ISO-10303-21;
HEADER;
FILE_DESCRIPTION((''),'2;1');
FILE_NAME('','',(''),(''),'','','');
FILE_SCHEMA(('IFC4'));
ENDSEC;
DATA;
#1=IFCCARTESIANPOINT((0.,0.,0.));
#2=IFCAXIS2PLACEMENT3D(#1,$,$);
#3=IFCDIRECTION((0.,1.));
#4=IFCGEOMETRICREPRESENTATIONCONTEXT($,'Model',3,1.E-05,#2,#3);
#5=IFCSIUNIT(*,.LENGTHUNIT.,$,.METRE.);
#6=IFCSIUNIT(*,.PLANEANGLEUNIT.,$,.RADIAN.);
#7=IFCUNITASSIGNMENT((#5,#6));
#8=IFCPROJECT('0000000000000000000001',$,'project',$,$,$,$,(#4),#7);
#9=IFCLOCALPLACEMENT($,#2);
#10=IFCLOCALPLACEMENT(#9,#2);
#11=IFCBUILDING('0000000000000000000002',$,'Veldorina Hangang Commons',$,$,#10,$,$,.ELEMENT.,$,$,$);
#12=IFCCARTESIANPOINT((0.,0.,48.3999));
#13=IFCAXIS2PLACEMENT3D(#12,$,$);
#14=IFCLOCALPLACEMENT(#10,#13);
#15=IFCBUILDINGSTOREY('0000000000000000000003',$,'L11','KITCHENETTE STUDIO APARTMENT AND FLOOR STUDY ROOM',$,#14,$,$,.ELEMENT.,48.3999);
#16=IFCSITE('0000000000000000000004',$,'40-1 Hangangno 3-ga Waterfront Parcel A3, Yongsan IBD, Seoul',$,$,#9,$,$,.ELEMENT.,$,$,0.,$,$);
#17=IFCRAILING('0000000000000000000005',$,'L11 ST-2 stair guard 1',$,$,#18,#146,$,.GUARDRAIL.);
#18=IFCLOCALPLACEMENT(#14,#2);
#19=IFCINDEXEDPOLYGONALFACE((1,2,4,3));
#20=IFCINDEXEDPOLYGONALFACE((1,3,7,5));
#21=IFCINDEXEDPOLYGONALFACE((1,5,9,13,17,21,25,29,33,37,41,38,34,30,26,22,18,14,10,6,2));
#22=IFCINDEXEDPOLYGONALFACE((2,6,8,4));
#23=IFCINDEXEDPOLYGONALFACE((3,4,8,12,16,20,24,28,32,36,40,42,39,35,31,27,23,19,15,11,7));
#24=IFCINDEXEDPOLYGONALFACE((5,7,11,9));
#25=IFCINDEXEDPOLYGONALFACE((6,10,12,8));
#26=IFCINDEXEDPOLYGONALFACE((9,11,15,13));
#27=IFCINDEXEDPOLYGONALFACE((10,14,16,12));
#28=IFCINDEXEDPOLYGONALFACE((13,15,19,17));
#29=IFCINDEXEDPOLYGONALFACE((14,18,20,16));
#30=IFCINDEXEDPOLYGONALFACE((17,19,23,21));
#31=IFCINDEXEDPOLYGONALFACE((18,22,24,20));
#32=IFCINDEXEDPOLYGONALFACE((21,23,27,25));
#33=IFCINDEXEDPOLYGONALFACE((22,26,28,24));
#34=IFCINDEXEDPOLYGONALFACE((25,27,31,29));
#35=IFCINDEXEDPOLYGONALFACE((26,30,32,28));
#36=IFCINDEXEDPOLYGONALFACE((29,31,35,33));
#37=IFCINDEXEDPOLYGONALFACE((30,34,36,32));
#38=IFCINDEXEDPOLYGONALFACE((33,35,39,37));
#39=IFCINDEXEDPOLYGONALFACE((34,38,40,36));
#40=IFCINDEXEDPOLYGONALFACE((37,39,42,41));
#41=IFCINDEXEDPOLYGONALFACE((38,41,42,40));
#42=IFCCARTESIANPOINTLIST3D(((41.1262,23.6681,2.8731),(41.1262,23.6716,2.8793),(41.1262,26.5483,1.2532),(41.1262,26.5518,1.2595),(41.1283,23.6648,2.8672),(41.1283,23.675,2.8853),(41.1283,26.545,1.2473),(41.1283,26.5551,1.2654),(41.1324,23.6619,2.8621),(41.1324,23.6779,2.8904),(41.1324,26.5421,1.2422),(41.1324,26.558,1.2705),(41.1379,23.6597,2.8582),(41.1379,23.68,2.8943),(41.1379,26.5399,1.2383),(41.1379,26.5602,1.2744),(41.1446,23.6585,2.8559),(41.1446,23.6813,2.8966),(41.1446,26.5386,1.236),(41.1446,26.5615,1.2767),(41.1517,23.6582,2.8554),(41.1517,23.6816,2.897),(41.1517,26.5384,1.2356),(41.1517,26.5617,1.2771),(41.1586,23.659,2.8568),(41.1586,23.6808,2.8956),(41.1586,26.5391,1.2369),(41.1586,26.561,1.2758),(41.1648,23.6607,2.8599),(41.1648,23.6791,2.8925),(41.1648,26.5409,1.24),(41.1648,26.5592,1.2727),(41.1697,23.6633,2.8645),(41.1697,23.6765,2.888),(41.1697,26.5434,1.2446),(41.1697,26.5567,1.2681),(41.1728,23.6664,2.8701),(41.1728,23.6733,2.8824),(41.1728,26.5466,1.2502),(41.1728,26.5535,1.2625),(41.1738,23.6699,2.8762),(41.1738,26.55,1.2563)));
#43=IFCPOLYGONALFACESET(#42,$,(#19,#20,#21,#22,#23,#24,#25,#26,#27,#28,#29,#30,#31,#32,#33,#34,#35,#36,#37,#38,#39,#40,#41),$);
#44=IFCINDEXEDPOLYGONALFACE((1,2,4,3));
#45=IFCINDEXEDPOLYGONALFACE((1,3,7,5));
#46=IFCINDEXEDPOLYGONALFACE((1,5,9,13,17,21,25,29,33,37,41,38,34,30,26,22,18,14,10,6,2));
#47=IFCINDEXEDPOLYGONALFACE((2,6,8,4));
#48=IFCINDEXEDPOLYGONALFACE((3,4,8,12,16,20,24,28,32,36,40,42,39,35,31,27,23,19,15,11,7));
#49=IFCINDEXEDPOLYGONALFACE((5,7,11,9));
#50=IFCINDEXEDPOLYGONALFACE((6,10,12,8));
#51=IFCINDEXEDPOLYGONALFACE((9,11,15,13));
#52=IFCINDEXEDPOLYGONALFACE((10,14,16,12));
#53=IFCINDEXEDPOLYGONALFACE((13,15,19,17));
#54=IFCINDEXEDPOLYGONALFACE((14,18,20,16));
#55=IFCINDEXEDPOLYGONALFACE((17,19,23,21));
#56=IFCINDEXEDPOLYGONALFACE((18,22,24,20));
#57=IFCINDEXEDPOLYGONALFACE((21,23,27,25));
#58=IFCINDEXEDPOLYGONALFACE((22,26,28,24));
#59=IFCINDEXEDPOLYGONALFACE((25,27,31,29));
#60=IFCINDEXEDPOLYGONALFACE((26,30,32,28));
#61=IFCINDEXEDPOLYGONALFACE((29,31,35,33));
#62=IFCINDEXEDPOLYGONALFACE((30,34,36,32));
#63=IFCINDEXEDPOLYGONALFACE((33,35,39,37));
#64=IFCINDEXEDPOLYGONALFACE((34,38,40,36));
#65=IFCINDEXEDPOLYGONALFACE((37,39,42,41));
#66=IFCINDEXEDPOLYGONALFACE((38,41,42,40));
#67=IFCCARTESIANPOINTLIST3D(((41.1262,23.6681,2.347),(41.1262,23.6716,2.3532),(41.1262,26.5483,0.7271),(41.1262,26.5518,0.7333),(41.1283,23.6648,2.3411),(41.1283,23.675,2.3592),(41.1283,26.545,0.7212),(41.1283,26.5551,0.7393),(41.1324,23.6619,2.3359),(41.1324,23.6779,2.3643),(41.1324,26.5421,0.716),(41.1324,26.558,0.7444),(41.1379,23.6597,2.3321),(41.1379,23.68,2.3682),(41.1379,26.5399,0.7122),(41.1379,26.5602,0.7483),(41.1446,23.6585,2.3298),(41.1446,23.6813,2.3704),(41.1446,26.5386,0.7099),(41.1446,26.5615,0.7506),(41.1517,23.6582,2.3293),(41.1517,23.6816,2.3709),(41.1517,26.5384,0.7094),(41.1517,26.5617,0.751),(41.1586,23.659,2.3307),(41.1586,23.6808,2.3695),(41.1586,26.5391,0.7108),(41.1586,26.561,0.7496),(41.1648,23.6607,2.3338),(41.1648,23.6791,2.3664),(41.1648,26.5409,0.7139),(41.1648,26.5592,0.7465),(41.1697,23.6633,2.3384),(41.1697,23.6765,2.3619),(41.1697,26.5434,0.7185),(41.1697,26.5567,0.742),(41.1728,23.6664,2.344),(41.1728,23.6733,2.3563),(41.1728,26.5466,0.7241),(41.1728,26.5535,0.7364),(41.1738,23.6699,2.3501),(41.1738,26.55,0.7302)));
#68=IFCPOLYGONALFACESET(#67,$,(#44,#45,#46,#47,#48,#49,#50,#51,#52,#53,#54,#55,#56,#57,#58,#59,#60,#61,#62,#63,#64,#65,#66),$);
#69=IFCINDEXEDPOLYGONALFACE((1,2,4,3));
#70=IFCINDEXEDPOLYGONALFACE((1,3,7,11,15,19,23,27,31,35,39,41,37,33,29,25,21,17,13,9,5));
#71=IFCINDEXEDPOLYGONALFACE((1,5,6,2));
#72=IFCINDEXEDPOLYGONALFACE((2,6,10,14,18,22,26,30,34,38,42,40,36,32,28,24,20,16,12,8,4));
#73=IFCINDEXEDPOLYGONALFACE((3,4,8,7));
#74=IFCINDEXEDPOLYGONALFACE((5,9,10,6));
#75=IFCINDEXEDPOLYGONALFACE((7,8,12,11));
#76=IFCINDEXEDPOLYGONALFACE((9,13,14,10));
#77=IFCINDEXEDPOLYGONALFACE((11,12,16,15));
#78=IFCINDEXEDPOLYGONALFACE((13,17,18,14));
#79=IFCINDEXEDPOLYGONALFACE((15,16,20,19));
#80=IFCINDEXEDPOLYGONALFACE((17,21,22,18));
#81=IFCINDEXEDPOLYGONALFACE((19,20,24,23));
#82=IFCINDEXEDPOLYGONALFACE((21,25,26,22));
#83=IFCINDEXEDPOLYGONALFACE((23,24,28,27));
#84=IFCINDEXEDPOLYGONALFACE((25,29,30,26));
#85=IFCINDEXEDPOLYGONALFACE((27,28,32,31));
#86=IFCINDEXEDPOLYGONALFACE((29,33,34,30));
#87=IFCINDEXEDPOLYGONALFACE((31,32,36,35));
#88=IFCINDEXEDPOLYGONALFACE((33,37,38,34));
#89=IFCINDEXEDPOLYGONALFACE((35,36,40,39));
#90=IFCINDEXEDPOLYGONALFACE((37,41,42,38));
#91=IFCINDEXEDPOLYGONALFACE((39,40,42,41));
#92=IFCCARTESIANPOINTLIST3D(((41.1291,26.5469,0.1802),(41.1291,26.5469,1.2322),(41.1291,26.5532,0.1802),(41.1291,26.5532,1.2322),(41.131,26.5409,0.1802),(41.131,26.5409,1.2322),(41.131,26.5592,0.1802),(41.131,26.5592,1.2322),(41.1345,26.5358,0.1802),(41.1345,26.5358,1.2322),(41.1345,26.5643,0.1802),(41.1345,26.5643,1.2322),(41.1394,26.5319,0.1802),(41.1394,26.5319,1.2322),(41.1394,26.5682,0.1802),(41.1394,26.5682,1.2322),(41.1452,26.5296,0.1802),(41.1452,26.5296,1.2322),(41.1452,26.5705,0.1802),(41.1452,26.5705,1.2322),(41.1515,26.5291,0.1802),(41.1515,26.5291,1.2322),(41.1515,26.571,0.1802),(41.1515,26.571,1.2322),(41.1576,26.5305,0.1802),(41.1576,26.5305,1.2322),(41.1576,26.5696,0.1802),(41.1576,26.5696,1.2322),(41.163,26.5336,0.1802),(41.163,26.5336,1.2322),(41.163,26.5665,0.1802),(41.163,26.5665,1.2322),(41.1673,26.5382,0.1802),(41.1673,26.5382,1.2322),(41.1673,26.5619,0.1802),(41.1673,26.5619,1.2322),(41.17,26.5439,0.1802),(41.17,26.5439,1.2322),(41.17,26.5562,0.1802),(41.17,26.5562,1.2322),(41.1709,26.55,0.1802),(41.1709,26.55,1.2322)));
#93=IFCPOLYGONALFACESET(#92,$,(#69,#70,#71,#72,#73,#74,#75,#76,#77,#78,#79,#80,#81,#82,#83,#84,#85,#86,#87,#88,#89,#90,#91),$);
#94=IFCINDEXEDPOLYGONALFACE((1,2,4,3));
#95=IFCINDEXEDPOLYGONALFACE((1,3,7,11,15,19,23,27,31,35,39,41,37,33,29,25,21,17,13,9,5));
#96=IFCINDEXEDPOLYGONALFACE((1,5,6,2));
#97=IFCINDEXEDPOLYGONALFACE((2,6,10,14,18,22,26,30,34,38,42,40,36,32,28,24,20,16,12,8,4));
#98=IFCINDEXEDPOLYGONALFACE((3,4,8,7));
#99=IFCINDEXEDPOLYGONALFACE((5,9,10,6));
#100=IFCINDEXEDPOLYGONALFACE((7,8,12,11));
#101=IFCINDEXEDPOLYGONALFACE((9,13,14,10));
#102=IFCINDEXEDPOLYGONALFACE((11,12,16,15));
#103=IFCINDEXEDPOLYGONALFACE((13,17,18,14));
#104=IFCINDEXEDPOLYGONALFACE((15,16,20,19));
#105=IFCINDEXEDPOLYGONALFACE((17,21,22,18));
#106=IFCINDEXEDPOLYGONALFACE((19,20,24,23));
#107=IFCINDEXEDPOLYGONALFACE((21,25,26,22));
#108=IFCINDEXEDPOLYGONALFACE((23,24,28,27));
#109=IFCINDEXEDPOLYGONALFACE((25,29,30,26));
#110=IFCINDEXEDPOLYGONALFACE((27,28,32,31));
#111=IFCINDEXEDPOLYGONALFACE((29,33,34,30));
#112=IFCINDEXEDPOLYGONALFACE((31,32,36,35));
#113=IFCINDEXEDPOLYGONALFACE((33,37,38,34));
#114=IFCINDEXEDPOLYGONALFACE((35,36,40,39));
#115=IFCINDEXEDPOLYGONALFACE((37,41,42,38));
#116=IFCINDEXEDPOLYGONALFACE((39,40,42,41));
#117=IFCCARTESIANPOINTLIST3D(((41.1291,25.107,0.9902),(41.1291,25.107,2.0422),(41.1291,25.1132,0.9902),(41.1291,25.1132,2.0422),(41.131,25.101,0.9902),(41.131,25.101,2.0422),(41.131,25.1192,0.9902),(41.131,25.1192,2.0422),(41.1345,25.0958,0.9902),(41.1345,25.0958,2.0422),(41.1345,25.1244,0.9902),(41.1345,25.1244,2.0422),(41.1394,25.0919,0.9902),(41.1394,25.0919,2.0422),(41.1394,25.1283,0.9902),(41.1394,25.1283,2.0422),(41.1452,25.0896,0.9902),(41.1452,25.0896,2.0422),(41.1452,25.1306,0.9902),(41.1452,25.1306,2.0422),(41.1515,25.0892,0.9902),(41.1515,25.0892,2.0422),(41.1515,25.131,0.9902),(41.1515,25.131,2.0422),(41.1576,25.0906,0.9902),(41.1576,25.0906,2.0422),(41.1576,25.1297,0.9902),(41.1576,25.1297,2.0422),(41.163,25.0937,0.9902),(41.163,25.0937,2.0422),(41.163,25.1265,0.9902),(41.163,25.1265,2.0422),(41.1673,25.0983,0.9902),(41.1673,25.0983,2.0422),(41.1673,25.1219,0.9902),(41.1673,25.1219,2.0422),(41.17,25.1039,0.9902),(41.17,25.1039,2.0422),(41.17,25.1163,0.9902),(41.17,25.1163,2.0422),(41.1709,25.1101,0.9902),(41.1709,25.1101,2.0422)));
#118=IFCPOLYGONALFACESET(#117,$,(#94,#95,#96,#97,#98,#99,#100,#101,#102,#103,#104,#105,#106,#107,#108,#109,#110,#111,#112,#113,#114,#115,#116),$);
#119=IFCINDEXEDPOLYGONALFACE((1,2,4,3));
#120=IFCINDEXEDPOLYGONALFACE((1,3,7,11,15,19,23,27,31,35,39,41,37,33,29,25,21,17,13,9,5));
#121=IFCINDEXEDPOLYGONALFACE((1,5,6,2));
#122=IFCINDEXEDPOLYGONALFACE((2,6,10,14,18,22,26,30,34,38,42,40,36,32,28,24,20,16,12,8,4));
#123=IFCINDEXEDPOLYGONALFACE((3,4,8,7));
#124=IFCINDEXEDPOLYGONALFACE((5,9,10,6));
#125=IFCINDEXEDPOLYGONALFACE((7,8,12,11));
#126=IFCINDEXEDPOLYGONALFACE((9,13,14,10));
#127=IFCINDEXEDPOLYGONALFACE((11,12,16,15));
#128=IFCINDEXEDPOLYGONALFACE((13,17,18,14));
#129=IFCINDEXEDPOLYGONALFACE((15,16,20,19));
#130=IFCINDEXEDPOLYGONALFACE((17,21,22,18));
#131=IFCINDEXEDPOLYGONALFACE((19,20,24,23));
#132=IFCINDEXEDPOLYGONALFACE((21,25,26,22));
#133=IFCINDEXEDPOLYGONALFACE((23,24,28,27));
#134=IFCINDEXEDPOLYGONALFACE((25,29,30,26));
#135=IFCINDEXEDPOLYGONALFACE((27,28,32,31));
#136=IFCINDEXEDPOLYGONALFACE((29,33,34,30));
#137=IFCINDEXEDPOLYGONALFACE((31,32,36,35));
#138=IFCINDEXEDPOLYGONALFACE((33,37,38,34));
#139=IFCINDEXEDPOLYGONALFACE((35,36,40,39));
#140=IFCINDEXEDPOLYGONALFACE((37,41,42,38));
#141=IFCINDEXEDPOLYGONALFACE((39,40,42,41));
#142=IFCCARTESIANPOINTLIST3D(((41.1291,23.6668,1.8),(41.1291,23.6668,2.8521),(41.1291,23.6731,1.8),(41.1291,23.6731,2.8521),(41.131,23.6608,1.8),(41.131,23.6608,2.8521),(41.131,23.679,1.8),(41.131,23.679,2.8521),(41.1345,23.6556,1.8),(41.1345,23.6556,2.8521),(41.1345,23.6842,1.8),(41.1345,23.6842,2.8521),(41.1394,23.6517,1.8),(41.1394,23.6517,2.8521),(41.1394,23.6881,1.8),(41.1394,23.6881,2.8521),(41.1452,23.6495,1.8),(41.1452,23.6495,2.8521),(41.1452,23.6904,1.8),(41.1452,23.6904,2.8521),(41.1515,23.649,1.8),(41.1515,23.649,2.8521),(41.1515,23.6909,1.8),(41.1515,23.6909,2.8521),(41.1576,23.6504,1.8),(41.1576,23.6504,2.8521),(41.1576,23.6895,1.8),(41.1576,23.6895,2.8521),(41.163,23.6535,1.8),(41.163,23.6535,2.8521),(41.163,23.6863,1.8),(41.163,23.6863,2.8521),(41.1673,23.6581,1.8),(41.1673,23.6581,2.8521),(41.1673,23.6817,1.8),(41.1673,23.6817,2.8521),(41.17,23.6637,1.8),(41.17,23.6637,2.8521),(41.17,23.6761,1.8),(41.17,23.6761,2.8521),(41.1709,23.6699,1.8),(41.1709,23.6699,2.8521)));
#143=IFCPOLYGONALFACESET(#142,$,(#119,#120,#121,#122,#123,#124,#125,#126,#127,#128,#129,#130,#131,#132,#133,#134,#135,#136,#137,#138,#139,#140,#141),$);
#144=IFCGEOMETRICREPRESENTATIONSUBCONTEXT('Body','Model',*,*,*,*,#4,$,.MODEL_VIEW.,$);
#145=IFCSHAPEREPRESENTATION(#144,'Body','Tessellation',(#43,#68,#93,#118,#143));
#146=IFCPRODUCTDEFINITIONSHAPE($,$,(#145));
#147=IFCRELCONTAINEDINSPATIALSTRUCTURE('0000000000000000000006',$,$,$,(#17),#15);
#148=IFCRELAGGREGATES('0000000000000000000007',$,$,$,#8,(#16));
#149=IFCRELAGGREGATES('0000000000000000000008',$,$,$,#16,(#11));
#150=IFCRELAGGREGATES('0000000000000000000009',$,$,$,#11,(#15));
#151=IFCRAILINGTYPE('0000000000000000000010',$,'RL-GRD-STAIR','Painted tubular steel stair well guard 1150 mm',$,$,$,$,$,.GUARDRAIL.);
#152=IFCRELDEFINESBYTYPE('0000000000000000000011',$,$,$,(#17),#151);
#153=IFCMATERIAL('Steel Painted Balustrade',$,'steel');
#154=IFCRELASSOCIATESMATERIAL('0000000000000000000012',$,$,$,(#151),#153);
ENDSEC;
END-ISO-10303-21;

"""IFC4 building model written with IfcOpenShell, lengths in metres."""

from ifc_helpers import new_model, si_unit, direction, frame, origin, origin_2d, place, context, subcontext, project, spatial, circle, extrude, material, type_object, element, save


model = new_model("IFC4")

# Units and contexts
model_context = context("Model", 3, precision=1e-05, world=origin(), true_north=direction((0.0, 1.0)))
body_context = subcontext(model_context, "Body", "Model", "MODEL_VIEW")
ifc_project = project(units=[si_unit("LENGTHUNIT", "METRE"), si_unit("PLANEANGLEUNIT", "RADIAN")], contexts=[model_context])

# Site, building, storey
site_placement = place(None, origin())
site = spatial("IfcSite", under=ifc_project, at=site_placement, Name="40-1 Hangangno 3-ga Waterfront Parcel A3, Yongsan IBD, Seoul", CompositionType="ELEMENT", RefElevation=0.0)
building_placement = place(site_placement, origin())
building = spatial("IfcBuilding", under=site, at=building_placement, Name="Veldorina Hangang Commons", CompositionType="ELEMENT")
storey_placement = place(building_placement, frame((0.0, 0.0, 48.3999)))
storey = spatial("IfcBuildingStorey", under=building, at=storey_placement, Name="L11", Description="KITCHENETTE STUDIO APARTMENT AND FLOOR STUDY ROOM", CompositionType="ELEMENT", Elevation=48.3999)

# Railing
ifc_material_1 = material(Name="Steel Painted Balustrade", Category="steel")
railing_type_1 = type_object("IfcRailingType", Name="RL-GRD-STAIR", Description="Painted tubular steel stair well guard 1150 mm", PredefinedType="GUARDRAIL", material=ifc_material_1)
railing_1_placement = place(storey_placement, frame((41.1499, 26.55, 0.1802)))
element("IfcRailing", 1, at=railing_1_placement, inside=storey, type_object=railing_type_1, Name="L11 ST-2 stair guard 1", PredefinedType="GUARDRAIL", context=body_context, shape_type="SweptSolid", body=[
    extrude(circle(Radius=0.0239, at=origin_2d()), frame((0.0, 0.0, 1.0762), z_axis=(0.0, -0.871601, 0.490216), x_axis=(1.0, 0.0, 0.0)), (0.0, 0.0, 1.0), 3.3044),
    extrude(circle(Radius=0.0239, at=origin_2d()), frame((0.0, 0.0, 0.55), z_axis=(0.0, -0.871601, 0.490216), x_axis=(1.0, 0.0, 0.0)), (0.0, 0.0, 1.0), 3.3044),
    extrude(circle(Radius=0.021, at=origin_2d()), origin(), (0.0, 0.0, 1.0), 1.052),
    extrude(circle(Radius=0.021, at=origin_2d()), frame((0.0, -1.4399, 0.8101)), (0.0, 0.0, 1.0), 1.052),
    extrude(circle(Radius=0.021, at=origin_2d()), frame((0.0, -2.8801, 1.6199)), (0.0, 0.0, 1.0), 1.052),
])

save(model, "model.ifc")
